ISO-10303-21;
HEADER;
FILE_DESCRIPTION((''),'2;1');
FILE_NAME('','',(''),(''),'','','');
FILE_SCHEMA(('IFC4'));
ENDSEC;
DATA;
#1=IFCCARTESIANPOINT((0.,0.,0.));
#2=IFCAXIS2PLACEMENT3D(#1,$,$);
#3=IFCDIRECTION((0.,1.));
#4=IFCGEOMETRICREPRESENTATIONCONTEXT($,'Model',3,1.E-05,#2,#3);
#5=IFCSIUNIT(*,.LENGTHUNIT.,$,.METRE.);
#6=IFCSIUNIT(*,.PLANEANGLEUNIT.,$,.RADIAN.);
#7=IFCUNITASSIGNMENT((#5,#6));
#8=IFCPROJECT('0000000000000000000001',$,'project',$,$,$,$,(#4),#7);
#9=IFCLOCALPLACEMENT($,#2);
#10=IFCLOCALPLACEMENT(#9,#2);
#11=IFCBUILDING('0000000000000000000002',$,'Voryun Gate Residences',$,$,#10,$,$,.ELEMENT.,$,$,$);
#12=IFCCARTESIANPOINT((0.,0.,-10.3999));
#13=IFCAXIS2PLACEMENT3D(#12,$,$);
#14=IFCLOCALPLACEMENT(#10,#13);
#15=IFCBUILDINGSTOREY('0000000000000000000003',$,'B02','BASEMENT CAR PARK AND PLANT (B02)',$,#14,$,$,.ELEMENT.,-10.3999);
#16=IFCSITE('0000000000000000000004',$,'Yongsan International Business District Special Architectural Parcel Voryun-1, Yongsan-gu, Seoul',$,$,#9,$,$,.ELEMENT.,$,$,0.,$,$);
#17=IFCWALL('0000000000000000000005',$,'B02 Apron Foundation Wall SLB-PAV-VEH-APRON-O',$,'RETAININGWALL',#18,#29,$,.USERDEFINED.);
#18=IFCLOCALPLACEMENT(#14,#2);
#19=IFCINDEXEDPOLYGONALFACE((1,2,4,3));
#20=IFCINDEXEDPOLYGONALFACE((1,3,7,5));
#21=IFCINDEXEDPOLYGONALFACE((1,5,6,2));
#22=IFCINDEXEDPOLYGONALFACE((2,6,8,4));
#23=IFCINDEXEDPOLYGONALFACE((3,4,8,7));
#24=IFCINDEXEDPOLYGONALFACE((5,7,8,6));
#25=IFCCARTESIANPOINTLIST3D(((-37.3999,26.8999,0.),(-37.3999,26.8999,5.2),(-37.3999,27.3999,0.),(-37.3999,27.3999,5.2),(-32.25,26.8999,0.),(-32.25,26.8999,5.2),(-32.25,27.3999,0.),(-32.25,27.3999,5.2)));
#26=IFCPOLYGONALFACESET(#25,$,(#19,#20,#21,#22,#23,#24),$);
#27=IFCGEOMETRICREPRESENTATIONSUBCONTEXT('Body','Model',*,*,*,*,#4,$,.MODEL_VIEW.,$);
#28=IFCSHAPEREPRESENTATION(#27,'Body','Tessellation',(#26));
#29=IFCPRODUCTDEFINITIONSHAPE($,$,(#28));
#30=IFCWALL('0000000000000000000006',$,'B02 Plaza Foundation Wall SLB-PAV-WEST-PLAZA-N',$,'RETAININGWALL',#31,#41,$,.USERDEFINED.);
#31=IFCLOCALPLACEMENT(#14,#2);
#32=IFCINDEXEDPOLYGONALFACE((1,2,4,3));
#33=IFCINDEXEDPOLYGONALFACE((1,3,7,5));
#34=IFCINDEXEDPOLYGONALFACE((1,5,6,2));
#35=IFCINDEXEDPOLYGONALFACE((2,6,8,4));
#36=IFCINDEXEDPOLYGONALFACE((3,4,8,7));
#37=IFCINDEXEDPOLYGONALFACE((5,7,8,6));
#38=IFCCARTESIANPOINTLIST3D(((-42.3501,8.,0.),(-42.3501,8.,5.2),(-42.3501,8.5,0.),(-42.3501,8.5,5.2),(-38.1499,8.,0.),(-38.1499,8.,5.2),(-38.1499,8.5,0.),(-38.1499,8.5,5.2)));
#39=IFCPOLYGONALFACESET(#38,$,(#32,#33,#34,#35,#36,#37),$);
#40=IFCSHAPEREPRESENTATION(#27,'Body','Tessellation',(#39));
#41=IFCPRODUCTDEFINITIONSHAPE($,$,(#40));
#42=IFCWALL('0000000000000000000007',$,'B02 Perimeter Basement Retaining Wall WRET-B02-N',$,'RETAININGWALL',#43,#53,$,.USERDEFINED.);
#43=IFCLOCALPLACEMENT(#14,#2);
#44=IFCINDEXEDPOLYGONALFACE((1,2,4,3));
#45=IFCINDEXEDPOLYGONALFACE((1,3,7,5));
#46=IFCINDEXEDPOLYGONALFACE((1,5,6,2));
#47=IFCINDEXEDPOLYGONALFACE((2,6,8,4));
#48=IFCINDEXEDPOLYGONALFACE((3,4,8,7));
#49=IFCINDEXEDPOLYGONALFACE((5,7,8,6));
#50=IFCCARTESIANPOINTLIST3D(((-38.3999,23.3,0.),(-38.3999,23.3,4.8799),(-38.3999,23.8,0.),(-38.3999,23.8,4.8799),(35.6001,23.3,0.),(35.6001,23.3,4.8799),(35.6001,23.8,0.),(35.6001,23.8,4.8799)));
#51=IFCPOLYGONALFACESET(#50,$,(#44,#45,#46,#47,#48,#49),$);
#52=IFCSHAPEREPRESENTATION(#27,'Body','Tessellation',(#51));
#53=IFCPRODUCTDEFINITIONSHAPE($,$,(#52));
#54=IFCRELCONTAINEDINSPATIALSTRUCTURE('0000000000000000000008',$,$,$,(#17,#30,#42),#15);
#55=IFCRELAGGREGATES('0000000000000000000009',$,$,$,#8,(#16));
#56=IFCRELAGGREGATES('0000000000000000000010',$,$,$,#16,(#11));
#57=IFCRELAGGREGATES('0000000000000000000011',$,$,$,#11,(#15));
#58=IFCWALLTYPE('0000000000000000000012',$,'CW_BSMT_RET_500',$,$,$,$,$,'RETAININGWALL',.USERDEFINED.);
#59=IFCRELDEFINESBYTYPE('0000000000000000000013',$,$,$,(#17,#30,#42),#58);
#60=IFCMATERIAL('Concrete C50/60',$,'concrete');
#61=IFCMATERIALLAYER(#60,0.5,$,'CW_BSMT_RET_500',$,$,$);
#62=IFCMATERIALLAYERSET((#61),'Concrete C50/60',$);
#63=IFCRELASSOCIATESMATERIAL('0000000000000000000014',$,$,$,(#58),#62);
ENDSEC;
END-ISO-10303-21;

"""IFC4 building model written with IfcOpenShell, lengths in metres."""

from ifc_helpers import new_model, si_unit, direction, frame, frame_2d, origin, place, context, subcontext, project, spatial, rectangle, extrude, material, layer, layer_set, type_object, element, save


model = new_model("IFC4")

# Units and contexts
model_context = context("Model", 3, precision=1e-05, world=origin(), true_north=direction((0.0, 1.0)))
body_context = subcontext(model_context, "Body", "Model", "MODEL_VIEW")
ifc_project = project(units=[si_unit("LENGTHUNIT", "METRE"), si_unit("PLANEANGLEUNIT", "RADIAN")], contexts=[model_context])

# Site, building, storey
site_placement = place(None, origin())
site = spatial("IfcSite", under=ifc_project, at=site_placement, Name="Yongsan International Business District Special Architectural Parcel Voryun-1, Yongsan-gu, Seoul", CompositionType="ELEMENT", RefElevation=0.0)
building_placement = place(site_placement, origin())
building = spatial("IfcBuilding", under=site, at=building_placement, Name="Voryun Gate Residences", CompositionType="ELEMENT")
storey_placement = place(building_placement, frame((0.0, 0.0, -10.3999)))
storey = spatial("IfcBuildingStorey", under=building, at=storey_placement, Name="B02", Description="BASEMENT CAR PARK AND PLANT (B02)", CompositionType="ELEMENT", Elevation=-10.3999)

# Walls
ifc_material_1 = material(Name="Concrete C50/60", Category="concrete")
ifc_layer = layer(ifc_material_1, 0.5, Name="CW_BSMT_RET_500")
ifc_layer_set = layer_set([ifc_layer], Name="Concrete C50/60")
wall_type = type_object("IfcWallType", Name="CW_BSMT_RET_500", ElementType="RETAININGWALL", PredefinedType="USERDEFINED", material=ifc_layer_set)
wall_1_placement = place(storey_placement, frame((-37.3999, 27.1499, 0.0), z_axis=(0.0, 0.0, 1.0), x_axis=(1.0, 0.0, 0.0)))
element("IfcWall", 1, at=wall_1_placement, inside=storey, type_object=wall_type, Name="B02 Apron Foundation Wall SLB-PAV-VEH-APRON-O", ObjectType="RETAININGWALL", PredefinedType="USERDEFINED", context=body_context, shape_type="SweptSolid", body=[
    extrude(rectangle(XDim=5.1499, YDim=0.5, at=frame_2d((2.575, 0.0))), origin(), (0.0, 0.0, 1.0), 5.2),
])
wall_2_placement = place(storey_placement, frame((-42.3501, 8.25, 0.0), z_axis=(0.0, 0.0, 1.0), x_axis=(1.0, 0.0, 0.0)))
element("IfcWall", 2, at=wall_2_placement, inside=storey, type_object=wall_type, Name="B02 Plaza Foundation Wall SLB-PAV-WEST-PLAZA-N", ObjectType="RETAININGWALL", PredefinedType="USERDEFINED", context=body_context, shape_type="SweptSolid", body=[
    extrude(rectangle(XDim=4.2002, YDim=0.5, at=frame_2d((2.1001, 0.0))), origin(), (0.0, 0.0, 1.0), 5.2),
])
wall_3_placement = place(storey_placement, frame((-38.3999, 23.55, 0.0), z_axis=(0.0, 0.0, 1.0), x_axis=(1.0, 0.0, 0.0)))
element("IfcWall", 3, at=wall_3_placement, inside=storey, type_object=wall_type, Name="B02 Perimeter Basement Retaining Wall WRET-B02-N", ObjectType="RETAININGWALL", PredefinedType="USERDEFINED", context=body_context, shape_type="SweptSolid", body=[
    extrude(rectangle(XDim=74.0, YDim=0.5, at=frame_2d((37.0, 0.0))), origin(), (0.0, 0.0, 1.0), 4.8799),
])

save(model, "model.ifc")
